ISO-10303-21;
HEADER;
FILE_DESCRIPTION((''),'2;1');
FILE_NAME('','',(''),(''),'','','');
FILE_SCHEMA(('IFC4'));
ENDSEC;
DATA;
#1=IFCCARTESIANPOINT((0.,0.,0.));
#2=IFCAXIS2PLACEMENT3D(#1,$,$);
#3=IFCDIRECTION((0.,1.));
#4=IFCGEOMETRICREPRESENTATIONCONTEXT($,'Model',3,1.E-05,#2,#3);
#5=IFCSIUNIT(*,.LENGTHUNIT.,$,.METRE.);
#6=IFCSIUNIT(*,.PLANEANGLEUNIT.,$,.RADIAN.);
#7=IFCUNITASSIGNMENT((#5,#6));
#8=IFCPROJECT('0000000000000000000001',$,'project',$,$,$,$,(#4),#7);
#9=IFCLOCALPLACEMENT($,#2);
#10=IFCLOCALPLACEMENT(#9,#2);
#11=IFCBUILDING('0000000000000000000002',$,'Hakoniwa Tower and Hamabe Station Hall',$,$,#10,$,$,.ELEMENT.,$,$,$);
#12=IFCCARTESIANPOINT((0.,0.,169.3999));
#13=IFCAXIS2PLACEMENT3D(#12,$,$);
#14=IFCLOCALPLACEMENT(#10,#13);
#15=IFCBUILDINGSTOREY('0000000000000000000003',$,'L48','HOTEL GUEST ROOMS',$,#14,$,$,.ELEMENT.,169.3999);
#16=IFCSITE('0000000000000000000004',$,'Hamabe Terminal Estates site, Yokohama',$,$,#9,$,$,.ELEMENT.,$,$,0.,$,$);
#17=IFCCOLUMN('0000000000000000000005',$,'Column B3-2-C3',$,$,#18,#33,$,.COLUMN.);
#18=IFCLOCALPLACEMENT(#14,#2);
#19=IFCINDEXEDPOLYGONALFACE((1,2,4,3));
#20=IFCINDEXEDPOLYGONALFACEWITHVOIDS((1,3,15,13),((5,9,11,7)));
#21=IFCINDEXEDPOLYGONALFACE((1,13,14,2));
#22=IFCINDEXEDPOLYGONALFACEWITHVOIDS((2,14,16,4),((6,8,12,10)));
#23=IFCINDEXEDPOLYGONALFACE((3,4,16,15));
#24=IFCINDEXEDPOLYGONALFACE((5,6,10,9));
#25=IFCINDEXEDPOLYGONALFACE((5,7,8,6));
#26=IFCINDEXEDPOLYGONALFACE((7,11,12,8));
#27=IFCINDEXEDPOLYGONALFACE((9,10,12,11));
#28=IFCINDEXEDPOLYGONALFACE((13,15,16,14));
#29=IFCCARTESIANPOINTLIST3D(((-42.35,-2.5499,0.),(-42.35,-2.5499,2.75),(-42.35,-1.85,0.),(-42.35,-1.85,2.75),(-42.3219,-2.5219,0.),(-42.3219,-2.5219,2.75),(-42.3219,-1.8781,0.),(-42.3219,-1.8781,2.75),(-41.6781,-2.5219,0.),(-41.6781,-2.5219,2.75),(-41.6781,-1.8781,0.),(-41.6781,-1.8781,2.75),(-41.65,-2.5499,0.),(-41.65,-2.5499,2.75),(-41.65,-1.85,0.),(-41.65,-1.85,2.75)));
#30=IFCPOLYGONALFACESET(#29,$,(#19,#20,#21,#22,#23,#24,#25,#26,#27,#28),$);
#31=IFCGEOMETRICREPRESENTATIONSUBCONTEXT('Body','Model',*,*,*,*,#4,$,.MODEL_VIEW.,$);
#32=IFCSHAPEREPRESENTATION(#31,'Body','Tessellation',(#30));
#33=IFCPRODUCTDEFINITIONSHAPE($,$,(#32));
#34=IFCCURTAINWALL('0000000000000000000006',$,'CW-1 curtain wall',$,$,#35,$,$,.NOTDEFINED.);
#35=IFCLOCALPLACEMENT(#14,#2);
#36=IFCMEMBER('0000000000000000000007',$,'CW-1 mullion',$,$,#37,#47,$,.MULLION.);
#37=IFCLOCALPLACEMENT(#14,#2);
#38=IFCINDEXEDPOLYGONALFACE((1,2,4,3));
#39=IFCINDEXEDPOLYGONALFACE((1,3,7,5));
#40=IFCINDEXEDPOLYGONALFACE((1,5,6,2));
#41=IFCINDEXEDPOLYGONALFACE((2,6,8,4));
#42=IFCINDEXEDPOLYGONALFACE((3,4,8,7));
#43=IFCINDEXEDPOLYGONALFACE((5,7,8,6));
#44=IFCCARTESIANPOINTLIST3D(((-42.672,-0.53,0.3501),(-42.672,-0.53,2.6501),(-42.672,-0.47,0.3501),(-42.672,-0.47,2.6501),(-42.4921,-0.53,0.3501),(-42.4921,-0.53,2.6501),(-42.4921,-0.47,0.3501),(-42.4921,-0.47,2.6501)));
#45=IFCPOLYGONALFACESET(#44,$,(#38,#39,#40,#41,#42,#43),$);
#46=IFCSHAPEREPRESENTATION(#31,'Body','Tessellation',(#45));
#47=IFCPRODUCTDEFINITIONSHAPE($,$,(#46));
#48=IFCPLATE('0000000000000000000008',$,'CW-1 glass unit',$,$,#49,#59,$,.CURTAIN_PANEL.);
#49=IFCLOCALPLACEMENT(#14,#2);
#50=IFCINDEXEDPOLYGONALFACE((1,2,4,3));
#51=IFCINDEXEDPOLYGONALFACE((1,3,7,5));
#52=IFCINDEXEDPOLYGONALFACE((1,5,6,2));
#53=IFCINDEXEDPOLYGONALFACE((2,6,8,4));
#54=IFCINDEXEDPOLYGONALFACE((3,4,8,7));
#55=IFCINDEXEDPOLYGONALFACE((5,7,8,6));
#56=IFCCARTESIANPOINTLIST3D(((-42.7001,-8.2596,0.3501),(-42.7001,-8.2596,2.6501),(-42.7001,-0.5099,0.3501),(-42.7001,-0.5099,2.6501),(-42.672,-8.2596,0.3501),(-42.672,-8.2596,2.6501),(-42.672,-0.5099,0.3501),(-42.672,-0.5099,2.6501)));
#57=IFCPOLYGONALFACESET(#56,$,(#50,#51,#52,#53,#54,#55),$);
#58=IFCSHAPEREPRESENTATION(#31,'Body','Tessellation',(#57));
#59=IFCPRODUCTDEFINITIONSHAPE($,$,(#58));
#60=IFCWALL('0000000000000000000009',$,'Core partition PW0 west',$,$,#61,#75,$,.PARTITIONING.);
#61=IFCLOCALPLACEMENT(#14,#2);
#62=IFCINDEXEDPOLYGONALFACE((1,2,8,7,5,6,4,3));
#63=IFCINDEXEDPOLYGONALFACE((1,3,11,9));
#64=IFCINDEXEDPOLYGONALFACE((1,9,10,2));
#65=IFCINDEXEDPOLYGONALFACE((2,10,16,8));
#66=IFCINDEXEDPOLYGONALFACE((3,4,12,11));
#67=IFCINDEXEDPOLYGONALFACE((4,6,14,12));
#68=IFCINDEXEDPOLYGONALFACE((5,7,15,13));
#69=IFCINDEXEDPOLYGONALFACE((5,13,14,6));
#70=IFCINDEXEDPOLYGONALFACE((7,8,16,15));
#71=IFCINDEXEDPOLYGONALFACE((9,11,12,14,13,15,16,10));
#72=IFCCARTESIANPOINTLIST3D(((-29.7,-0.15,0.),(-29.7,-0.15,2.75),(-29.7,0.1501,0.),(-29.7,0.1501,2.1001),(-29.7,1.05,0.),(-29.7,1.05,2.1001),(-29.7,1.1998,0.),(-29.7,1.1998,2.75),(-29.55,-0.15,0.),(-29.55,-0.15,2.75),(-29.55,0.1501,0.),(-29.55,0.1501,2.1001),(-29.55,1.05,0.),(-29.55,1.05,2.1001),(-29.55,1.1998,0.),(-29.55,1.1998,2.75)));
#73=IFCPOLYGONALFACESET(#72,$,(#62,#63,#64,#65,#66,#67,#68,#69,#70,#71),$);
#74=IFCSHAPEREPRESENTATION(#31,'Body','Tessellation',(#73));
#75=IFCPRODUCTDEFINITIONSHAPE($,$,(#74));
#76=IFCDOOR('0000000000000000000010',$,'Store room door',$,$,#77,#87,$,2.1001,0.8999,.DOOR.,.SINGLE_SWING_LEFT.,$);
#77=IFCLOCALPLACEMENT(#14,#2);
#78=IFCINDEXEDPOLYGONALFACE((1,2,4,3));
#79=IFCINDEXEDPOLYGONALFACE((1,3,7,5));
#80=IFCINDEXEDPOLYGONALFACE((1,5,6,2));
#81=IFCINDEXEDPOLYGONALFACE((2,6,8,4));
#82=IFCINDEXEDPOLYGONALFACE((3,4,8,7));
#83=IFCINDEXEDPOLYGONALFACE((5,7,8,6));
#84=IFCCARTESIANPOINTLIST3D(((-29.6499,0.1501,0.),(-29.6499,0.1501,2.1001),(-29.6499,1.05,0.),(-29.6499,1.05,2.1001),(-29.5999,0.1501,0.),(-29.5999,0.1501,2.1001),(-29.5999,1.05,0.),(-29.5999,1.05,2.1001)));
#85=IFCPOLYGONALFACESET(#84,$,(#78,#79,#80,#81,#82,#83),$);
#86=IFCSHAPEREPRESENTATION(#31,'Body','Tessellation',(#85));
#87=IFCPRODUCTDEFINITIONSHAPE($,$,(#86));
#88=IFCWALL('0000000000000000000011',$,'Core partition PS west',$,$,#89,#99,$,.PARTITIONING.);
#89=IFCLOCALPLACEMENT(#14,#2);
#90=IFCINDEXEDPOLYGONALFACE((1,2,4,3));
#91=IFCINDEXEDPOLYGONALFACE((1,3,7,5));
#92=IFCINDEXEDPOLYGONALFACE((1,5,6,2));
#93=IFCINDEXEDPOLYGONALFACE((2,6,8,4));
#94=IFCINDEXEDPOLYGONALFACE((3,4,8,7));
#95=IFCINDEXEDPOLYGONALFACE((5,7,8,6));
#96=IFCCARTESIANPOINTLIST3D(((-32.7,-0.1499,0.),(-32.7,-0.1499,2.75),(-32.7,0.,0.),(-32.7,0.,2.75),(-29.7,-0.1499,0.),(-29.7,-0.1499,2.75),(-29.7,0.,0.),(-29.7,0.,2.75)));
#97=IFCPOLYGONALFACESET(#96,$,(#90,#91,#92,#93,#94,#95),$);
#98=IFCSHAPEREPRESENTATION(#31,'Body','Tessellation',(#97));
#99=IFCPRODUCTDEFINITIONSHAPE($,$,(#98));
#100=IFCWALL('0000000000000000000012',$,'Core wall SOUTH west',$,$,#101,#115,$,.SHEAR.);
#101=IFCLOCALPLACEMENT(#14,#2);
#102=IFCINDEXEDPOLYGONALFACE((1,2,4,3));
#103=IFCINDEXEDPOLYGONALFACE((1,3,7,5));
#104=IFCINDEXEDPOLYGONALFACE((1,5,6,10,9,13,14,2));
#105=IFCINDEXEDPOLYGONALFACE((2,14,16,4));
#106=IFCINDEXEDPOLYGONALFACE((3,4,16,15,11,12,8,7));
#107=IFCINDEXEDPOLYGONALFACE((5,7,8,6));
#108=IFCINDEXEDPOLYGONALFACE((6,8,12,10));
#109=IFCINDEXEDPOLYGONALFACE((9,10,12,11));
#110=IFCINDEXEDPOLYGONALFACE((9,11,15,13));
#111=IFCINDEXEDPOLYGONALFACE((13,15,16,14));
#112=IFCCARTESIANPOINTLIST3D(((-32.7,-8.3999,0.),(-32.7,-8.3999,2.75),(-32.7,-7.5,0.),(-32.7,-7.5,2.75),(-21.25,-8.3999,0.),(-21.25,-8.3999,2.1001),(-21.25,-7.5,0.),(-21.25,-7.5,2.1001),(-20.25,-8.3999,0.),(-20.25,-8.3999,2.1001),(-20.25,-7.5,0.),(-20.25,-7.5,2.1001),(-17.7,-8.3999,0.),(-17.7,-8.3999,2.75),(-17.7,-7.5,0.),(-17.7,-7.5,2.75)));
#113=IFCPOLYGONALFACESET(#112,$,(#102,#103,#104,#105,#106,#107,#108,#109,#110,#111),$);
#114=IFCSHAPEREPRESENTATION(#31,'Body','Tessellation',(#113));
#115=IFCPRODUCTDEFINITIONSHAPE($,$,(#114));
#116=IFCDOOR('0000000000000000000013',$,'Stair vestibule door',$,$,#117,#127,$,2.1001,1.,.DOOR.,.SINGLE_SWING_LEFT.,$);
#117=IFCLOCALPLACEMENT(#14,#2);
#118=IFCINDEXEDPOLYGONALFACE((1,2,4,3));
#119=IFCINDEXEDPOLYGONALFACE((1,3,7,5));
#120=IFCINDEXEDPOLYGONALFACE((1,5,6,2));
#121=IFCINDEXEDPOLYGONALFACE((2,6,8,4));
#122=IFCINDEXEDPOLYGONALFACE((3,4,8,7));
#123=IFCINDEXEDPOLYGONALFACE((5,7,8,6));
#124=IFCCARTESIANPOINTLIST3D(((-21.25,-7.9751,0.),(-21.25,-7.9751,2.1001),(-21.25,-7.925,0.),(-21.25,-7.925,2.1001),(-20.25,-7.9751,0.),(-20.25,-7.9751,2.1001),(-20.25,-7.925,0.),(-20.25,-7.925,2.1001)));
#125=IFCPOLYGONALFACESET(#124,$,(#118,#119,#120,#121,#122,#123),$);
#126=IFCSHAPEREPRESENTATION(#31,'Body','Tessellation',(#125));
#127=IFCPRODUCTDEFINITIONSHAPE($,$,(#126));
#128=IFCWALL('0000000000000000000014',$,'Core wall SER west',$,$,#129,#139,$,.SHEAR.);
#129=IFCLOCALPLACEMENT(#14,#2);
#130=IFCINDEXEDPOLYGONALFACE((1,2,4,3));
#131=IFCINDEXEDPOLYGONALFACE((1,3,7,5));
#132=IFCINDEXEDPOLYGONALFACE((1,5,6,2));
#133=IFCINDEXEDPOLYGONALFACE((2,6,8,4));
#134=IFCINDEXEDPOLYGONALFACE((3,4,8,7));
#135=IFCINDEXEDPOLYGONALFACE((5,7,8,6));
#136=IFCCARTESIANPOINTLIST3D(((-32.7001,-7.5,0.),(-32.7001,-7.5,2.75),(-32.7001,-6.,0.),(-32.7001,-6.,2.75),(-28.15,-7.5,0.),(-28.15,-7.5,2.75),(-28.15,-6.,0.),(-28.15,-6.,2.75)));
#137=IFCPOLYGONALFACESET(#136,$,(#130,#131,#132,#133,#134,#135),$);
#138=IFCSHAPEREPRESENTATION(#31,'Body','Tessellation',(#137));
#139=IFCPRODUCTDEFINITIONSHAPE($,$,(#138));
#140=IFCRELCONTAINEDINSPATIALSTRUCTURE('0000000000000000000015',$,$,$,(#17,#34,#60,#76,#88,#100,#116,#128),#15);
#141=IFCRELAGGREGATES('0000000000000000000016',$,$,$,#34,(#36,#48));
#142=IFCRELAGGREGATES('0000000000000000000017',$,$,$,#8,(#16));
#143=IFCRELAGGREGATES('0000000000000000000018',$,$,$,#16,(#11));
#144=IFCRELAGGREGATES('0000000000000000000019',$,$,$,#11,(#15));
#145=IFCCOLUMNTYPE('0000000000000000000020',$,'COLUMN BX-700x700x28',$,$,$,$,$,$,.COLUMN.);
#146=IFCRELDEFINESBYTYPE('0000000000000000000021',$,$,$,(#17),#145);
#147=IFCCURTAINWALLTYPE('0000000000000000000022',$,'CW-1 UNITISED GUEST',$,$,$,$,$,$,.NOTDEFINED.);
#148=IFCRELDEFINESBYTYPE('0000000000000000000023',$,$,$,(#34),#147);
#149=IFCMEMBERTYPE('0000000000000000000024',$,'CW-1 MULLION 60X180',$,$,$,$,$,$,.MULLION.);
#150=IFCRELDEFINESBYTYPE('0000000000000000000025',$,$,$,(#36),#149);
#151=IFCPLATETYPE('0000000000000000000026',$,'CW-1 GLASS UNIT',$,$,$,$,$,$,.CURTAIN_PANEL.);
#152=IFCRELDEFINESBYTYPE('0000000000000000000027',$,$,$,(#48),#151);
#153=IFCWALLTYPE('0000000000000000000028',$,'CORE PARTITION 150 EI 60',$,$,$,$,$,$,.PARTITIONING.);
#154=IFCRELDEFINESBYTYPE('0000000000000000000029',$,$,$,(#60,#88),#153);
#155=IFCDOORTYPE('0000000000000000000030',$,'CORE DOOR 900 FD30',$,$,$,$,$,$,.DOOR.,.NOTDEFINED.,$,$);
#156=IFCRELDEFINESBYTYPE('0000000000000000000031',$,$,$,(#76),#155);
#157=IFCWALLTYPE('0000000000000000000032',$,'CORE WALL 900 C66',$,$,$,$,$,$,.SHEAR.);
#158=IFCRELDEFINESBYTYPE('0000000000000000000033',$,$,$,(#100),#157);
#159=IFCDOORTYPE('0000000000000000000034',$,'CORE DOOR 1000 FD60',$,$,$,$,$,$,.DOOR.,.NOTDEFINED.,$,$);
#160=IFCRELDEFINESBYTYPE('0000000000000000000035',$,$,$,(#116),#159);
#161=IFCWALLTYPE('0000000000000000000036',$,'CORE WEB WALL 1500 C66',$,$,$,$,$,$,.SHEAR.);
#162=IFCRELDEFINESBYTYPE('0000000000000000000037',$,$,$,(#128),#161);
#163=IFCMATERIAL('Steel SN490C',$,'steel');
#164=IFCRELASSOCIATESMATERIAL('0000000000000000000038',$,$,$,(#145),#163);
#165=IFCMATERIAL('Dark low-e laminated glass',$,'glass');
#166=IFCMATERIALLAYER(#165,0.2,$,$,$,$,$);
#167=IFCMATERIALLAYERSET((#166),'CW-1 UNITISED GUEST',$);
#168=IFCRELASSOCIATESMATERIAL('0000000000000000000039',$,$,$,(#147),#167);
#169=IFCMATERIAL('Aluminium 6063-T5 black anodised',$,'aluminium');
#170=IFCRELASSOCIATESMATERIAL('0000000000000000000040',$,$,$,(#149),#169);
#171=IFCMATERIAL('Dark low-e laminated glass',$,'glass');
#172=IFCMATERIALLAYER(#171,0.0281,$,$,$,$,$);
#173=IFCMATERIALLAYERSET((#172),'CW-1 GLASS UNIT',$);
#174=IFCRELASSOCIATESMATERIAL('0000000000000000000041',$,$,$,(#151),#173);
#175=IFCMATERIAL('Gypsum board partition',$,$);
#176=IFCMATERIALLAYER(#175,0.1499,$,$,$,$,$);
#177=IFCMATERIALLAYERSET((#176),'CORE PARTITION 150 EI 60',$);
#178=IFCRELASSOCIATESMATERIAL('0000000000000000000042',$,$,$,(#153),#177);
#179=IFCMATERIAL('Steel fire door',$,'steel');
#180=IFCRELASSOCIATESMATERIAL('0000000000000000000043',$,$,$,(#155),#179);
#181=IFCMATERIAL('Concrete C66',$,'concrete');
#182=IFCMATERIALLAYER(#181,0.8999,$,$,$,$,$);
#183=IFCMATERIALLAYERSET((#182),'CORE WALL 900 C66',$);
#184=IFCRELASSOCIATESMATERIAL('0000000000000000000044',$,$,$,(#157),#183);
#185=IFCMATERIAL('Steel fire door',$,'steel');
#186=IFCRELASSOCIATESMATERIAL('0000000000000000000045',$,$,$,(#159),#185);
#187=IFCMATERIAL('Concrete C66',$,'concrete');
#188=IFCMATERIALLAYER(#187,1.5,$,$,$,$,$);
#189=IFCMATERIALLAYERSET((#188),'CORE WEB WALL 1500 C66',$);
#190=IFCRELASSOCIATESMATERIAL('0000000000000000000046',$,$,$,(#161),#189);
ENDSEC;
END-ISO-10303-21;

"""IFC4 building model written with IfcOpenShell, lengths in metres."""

from ifc_helpers import new_model, si_unit, direction, frame, frame_2d, origin, origin_2d, place, context, subcontext, project, spatial, rectangle, hollow_rectangle, extrude, material, layer, layer_set, material_profile, profile_set, type_object, element, fill, aggregate, save


model = new_model("IFC4")

# Units and contexts
model_context = context("Model", 3, precision=1e-05, world=origin(), true_north=direction((0.0, 1.0)))
body_context = subcontext(model_context, "Body", "Model", "MODEL_VIEW")
ifc_project = project(units=[si_unit("LENGTHUNIT", "METRE"), si_unit("PLANEANGLEUNIT", "RADIAN")], contexts=[model_context])

# Site, building, storey
site_placement = place(None, origin())
site = spatial("IfcSite", under=ifc_project, at=site_placement, Name="Hamabe Terminal Estates site, Yokohama", CompositionType="ELEMENT", RefElevation=0.0)
building_placement = place(site_placement, origin())
building = spatial("IfcBuilding", under=site, at=building_placement, Name="Hakoniwa Tower and Hamabe Station Hall", CompositionType="ELEMENT")
storey_placement = place(building_placement, frame((0.0, 0.0, 169.3999)))
storey = spatial("IfcBuildingStorey", under=building, at=storey_placement, Name="L48", Description="HOTEL GUEST ROOMS", CompositionType="ELEMENT", Elevation=169.3999)

# Column
ifc_material_1 = material(Name="Steel SN490C", Category="steel")
ifc_material_profile_1 = material_profile(ifc_material_1, hollow_rectangle(XDim=0.7, YDim=0.7, WallThickness=0.0281, at=origin_2d()), Name="BX-700x700x28")
ifc_profile_set_1 = profile_set([ifc_material_profile_1], Name="Steel SN490C")
column_type = type_object("IfcColumnType", Name="COLUMN BX-700x700x28", PredefinedType="COLUMN", material=ifc_profile_set_1)
column_placement = place(storey_placement, frame((-42.0, -2.2, 0.0), z_axis=(0.0, 0.0, 1.0), x_axis=(1.0, 0.0, 0.0)))
element("IfcColumn", 1, at=column_placement, inside=storey, type_object=column_type, Name="Column B3-2-C3", PredefinedType="COLUMN", context=body_context, shape_type="SweptSolid", body=[
    extrude(hollow_rectangle(XDim=0.7, YDim=0.7, WallThickness=0.0281, at=origin_2d()), origin(), (0.0, 0.0, 1.0), 2.75),
])

# Curtain wall, member, plate
ifc_material_2 = material(Name="Dark low-e laminated glass", Category="glass")
ifc_layer_1 = layer(ifc_material_2, 0.2)
ifc_layer_set_1 = layer_set([ifc_layer_1], Name="CW-1 UNITISED GUEST")
curtain_wall_type = type_object("IfcCurtainWallType", Name="CW-1 UNITISED GUEST", PredefinedType="NOTDEFINED", material=ifc_layer_set_1)
curtain_wall_placement = place(storey_placement, origin())
curtain_wall = element("IfcCurtainWall", 2, at=curtain_wall_placement, inside=storey, type_object=curtain_wall_type, Name="CW-1 curtain wall", PredefinedType="NOTDEFINED")
ifc_material_3 = material(Name="Aluminium 6063-T5 black anodised", Category="aluminium")
ifc_material_profile_2 = material_profile(ifc_material_3, rectangle(XDim=0.0601, YDim=0.1799, at=origin_2d()), Name="CW-1 MULLION 60X180")
ifc_profile_set_2 = profile_set([ifc_material_profile_2], Name="Aluminium 6063-T5 black anodised")
member_type = type_object("IfcMemberType", Name="CW-1 MULLION 60X180", PredefinedType="MULLION", material=ifc_profile_set_2)
member_placement = place(storey_placement, frame((-42.582, -0.5, 0.3501), z_axis=(0.0, 0.0, 1.0), x_axis=(0.0, -1.0, 0.0)))
member = element("IfcMember", 3, at=member_placement, type_object=member_type, Name="CW-1 mullion", PredefinedType="MULLION", context=body_context, shape_type="SweptSolid", body=[
    extrude(rectangle(XDim=0.0601, YDim=0.1799, at=origin_2d()), origin(), (0.0, 0.0, 1.0), 2.3),
])
ifc_material_4 = material(Name="Dark low-e laminated glass", Category="glass")
ifc_layer_2 = layer(ifc_material_4, 0.0281)
ifc_layer_set_2 = layer_set([ifc_layer_2], Name="CW-1 GLASS UNIT")
plate_type = type_object("IfcPlateType", Name="CW-1 GLASS UNIT", PredefinedType="CURTAIN_PANEL", material=ifc_layer_set_2)
plate_placement = place(storey_placement, frame((-42.686, -4.3848, 0.3501), z_axis=(0.0, 0.0, 1.0), x_axis=(0.0, -1.0, 0.0)))
plate = element("IfcPlate", 4, at=plate_placement, type_object=plate_type, Name="CW-1 glass unit", PredefinedType="CURTAIN_PANEL", context=body_context, shape_type="SweptSolid", body=[
    extrude(rectangle(XDim=7.7498, YDim=0.0281, at=origin_2d()), origin(), (0.0, 0.0, 1.0), 2.3),
])
aggregate(curtain_wall, [member, plate])

# Wall, opening, door
ifc_material_5 = material(Name="Gypsum board partition")
ifc_layer_3 = layer(ifc_material_5, 0.1499)
ifc_layer_set_3 = layer_set([ifc_layer_3], Name="CORE PARTITION 150 EI 60")
wall_type_1 = type_object("IfcWallType", Name="CORE PARTITION 150 EI 60", PredefinedType="PARTITIONING", material=ifc_layer_set_3)
wall_1_placement = place(storey_placement, frame((-29.625, -0.1499, 0.0), z_axis=(0.0, 0.0, 1.0), x_axis=(0.0, 1.0, 0.0)))
wall_1 = element("IfcWall", 5, at=wall_1_placement, inside=storey, type_object=wall_type_1, Name="Core partition PW0 west", PredefinedType="PARTITIONING", context=body_context, shape_type="SweptSolid", body=[
    extrude(rectangle(XDim=1.3499, YDim=0.1499, at=frame_2d((0.6748, 0.0))), origin(), (0.0, 0.0, 1.0), 2.75),
])
opening_1_placement = place(wall_1_placement, frame((0.3, 0.0, 0.0)))
opening_1 = element("IfcOpeningElement", 6, at=opening_1_placement, cuts=wall_1, PredefinedType="OPENING", context=body_context, shape_type="SweptSolid", body=[
    extrude(rectangle(XDim=0.8999, YDim=2.1001, at=frame_2d((0.45, 1.05))), frame((0.0, 0.085, 0.0), z_axis=(0.0, -1.0, 0.0), x_axis=(1.0, 0.0, 0.0)), (0.0, 0.0, 1.0), 0.1699),
])
ifc_material_6 = material(Name="Steel fire door", Category="steel")
door_type_1 = type_object("IfcDoorType", Name="CORE DOOR 900 FD30", OperationType="NOTDEFINED", PredefinedType="DOOR", material=ifc_material_6)
door_1_placement = place(opening_1_placement, origin())
door_1 = element("IfcDoor", 7, at=door_1_placement, inside=storey, type_object=door_type_1, Name="Store room door", OperationType="SINGLE_SWING_LEFT", OverallHeight=2.1001, OverallWidth=0.8999, PredefinedType="DOOR", context=body_context, shape_type="SweptSolid", body=[
    extrude(rectangle(XDim=0.8999, YDim=2.1001, at=frame_2d((0.45, 1.05))), frame((0.0, 0.0249, 0.0), z_axis=(0.0, -1.0, 0.0), x_axis=(1.0, 0.0, 0.0)), (0.0, 0.0, 1.0), 0.05),
])
fill(opening_1, door_1)

# Wall
wall_2_placement = place(storey_placement, frame((-32.7, -0.075, 0.0), z_axis=(0.0, 0.0, 1.0), x_axis=(1.0, 0.0, 0.0)))
element("IfcWall", 8, at=wall_2_placement, inside=storey, type_object=wall_type_1, Name="Core partition PS west", PredefinedType="PARTITIONING", context=body_context, shape_type="SweptSolid", body=[
    extrude(rectangle(XDim=3.0, YDim=0.1499, at=frame_2d((1.5, 0.0))), origin(), (0.0, 0.0, 1.0), 2.75),
])

# Wall, opening, door
ifc_material_7 = material(Name="Concrete C66", Category="concrete")
ifc_layer_4 = layer(ifc_material_7, 0.8999)
ifc_layer_set_4 = layer_set([ifc_layer_4], Name="CORE WALL 900 C66")
wall_type_2 = type_object("IfcWallType", Name="CORE WALL 900 C66", PredefinedType="SHEAR", material=ifc_layer_set_4)
wall_3_placement = place(storey_placement, frame((-32.7, -7.95, 0.0), z_axis=(0.0, 0.0, 1.0), x_axis=(1.0, 0.0, 0.0)))
wall_3 = element("IfcWall", 9, at=wall_3_placement, inside=storey, type_object=wall_type_2, Name="Core wall SOUTH west", PredefinedType="SHEAR", context=body_context, shape_type="SweptSolid", body=[
    extrude(rectangle(XDim=15.0, YDim=0.8999, at=frame_2d((7.5, 0.0))), origin(), (0.0, 0.0, 1.0), 2.75),
])
opening_2_placement = place(wall_3_placement, frame((11.45, 0.0, 0.0)))
opening_2 = element("IfcOpeningElement", 10, at=opening_2_placement, cuts=wall_3, PredefinedType="OPENING", context=body_context, shape_type="SweptSolid", body=[
    extrude(rectangle(XDim=1.0, YDim=2.1001, at=frame_2d((0.5, 1.05))), frame((0.0, 0.46, 0.0), z_axis=(0.0, -1.0, 0.0), x_axis=(1.0, 0.0, 0.0)), (0.0, 0.0, 1.0), 0.9199),
])
ifc_material_8 = material(Name="Steel fire door", Category="steel")
door_type_2 = type_object("IfcDoorType", Name="CORE DOOR 1000 FD60", OperationType="NOTDEFINED", PredefinedType="DOOR", material=ifc_material_8)
door_2_placement = place(opening_2_placement, origin())
door_2 = element("IfcDoor", 11, at=door_2_placement, inside=storey, type_object=door_type_2, Name="Stair vestibule door", OperationType="SINGLE_SWING_LEFT", OverallHeight=2.1001, OverallWidth=1.0, PredefinedType="DOOR", context=body_context, shape_type="SweptSolid", body=[
    extrude(rectangle(XDim=1.0, YDim=2.1001, at=frame_2d((0.5, 1.05))), frame((0.0, 0.0249, 0.0), z_axis=(0.0, -1.0, 0.0), x_axis=(1.0, 0.0, 0.0)), (0.0, 0.0, 1.0), 0.05),
])
fill(opening_2, door_2)

# Wall
ifc_material_9 = material(Name="Concrete C66", Category="concrete")
ifc_layer_5 = layer(ifc_material_9, 1.5)
ifc_layer_set_5 = layer_set([ifc_layer_5], Name="CORE WEB WALL 1500 C66")
wall_type_3 = type_object("IfcWallType", Name="CORE WEB WALL 1500 C66", PredefinedType="SHEAR", material=ifc_layer_set_5)
wall_4_placement = place(storey_placement, frame((-32.7, -6.75, 0.0), z_axis=(0.0, 0.0, 1.0), x_axis=(1.0, 0.0, 0.0)))
element("IfcWall", 12, at=wall_4_placement, inside=storey, type_object=wall_type_3, Name="Core wall SER west", PredefinedType="SHEAR", context=body_context, shape_type="SweptSolid", body=[
    extrude(rectangle(XDim=4.55, YDim=1.5, at=frame_2d((2.2749, 0.0))), origin(), (0.0, 0.0, 1.0), 2.75),
])

save(model, "model.ifc")
